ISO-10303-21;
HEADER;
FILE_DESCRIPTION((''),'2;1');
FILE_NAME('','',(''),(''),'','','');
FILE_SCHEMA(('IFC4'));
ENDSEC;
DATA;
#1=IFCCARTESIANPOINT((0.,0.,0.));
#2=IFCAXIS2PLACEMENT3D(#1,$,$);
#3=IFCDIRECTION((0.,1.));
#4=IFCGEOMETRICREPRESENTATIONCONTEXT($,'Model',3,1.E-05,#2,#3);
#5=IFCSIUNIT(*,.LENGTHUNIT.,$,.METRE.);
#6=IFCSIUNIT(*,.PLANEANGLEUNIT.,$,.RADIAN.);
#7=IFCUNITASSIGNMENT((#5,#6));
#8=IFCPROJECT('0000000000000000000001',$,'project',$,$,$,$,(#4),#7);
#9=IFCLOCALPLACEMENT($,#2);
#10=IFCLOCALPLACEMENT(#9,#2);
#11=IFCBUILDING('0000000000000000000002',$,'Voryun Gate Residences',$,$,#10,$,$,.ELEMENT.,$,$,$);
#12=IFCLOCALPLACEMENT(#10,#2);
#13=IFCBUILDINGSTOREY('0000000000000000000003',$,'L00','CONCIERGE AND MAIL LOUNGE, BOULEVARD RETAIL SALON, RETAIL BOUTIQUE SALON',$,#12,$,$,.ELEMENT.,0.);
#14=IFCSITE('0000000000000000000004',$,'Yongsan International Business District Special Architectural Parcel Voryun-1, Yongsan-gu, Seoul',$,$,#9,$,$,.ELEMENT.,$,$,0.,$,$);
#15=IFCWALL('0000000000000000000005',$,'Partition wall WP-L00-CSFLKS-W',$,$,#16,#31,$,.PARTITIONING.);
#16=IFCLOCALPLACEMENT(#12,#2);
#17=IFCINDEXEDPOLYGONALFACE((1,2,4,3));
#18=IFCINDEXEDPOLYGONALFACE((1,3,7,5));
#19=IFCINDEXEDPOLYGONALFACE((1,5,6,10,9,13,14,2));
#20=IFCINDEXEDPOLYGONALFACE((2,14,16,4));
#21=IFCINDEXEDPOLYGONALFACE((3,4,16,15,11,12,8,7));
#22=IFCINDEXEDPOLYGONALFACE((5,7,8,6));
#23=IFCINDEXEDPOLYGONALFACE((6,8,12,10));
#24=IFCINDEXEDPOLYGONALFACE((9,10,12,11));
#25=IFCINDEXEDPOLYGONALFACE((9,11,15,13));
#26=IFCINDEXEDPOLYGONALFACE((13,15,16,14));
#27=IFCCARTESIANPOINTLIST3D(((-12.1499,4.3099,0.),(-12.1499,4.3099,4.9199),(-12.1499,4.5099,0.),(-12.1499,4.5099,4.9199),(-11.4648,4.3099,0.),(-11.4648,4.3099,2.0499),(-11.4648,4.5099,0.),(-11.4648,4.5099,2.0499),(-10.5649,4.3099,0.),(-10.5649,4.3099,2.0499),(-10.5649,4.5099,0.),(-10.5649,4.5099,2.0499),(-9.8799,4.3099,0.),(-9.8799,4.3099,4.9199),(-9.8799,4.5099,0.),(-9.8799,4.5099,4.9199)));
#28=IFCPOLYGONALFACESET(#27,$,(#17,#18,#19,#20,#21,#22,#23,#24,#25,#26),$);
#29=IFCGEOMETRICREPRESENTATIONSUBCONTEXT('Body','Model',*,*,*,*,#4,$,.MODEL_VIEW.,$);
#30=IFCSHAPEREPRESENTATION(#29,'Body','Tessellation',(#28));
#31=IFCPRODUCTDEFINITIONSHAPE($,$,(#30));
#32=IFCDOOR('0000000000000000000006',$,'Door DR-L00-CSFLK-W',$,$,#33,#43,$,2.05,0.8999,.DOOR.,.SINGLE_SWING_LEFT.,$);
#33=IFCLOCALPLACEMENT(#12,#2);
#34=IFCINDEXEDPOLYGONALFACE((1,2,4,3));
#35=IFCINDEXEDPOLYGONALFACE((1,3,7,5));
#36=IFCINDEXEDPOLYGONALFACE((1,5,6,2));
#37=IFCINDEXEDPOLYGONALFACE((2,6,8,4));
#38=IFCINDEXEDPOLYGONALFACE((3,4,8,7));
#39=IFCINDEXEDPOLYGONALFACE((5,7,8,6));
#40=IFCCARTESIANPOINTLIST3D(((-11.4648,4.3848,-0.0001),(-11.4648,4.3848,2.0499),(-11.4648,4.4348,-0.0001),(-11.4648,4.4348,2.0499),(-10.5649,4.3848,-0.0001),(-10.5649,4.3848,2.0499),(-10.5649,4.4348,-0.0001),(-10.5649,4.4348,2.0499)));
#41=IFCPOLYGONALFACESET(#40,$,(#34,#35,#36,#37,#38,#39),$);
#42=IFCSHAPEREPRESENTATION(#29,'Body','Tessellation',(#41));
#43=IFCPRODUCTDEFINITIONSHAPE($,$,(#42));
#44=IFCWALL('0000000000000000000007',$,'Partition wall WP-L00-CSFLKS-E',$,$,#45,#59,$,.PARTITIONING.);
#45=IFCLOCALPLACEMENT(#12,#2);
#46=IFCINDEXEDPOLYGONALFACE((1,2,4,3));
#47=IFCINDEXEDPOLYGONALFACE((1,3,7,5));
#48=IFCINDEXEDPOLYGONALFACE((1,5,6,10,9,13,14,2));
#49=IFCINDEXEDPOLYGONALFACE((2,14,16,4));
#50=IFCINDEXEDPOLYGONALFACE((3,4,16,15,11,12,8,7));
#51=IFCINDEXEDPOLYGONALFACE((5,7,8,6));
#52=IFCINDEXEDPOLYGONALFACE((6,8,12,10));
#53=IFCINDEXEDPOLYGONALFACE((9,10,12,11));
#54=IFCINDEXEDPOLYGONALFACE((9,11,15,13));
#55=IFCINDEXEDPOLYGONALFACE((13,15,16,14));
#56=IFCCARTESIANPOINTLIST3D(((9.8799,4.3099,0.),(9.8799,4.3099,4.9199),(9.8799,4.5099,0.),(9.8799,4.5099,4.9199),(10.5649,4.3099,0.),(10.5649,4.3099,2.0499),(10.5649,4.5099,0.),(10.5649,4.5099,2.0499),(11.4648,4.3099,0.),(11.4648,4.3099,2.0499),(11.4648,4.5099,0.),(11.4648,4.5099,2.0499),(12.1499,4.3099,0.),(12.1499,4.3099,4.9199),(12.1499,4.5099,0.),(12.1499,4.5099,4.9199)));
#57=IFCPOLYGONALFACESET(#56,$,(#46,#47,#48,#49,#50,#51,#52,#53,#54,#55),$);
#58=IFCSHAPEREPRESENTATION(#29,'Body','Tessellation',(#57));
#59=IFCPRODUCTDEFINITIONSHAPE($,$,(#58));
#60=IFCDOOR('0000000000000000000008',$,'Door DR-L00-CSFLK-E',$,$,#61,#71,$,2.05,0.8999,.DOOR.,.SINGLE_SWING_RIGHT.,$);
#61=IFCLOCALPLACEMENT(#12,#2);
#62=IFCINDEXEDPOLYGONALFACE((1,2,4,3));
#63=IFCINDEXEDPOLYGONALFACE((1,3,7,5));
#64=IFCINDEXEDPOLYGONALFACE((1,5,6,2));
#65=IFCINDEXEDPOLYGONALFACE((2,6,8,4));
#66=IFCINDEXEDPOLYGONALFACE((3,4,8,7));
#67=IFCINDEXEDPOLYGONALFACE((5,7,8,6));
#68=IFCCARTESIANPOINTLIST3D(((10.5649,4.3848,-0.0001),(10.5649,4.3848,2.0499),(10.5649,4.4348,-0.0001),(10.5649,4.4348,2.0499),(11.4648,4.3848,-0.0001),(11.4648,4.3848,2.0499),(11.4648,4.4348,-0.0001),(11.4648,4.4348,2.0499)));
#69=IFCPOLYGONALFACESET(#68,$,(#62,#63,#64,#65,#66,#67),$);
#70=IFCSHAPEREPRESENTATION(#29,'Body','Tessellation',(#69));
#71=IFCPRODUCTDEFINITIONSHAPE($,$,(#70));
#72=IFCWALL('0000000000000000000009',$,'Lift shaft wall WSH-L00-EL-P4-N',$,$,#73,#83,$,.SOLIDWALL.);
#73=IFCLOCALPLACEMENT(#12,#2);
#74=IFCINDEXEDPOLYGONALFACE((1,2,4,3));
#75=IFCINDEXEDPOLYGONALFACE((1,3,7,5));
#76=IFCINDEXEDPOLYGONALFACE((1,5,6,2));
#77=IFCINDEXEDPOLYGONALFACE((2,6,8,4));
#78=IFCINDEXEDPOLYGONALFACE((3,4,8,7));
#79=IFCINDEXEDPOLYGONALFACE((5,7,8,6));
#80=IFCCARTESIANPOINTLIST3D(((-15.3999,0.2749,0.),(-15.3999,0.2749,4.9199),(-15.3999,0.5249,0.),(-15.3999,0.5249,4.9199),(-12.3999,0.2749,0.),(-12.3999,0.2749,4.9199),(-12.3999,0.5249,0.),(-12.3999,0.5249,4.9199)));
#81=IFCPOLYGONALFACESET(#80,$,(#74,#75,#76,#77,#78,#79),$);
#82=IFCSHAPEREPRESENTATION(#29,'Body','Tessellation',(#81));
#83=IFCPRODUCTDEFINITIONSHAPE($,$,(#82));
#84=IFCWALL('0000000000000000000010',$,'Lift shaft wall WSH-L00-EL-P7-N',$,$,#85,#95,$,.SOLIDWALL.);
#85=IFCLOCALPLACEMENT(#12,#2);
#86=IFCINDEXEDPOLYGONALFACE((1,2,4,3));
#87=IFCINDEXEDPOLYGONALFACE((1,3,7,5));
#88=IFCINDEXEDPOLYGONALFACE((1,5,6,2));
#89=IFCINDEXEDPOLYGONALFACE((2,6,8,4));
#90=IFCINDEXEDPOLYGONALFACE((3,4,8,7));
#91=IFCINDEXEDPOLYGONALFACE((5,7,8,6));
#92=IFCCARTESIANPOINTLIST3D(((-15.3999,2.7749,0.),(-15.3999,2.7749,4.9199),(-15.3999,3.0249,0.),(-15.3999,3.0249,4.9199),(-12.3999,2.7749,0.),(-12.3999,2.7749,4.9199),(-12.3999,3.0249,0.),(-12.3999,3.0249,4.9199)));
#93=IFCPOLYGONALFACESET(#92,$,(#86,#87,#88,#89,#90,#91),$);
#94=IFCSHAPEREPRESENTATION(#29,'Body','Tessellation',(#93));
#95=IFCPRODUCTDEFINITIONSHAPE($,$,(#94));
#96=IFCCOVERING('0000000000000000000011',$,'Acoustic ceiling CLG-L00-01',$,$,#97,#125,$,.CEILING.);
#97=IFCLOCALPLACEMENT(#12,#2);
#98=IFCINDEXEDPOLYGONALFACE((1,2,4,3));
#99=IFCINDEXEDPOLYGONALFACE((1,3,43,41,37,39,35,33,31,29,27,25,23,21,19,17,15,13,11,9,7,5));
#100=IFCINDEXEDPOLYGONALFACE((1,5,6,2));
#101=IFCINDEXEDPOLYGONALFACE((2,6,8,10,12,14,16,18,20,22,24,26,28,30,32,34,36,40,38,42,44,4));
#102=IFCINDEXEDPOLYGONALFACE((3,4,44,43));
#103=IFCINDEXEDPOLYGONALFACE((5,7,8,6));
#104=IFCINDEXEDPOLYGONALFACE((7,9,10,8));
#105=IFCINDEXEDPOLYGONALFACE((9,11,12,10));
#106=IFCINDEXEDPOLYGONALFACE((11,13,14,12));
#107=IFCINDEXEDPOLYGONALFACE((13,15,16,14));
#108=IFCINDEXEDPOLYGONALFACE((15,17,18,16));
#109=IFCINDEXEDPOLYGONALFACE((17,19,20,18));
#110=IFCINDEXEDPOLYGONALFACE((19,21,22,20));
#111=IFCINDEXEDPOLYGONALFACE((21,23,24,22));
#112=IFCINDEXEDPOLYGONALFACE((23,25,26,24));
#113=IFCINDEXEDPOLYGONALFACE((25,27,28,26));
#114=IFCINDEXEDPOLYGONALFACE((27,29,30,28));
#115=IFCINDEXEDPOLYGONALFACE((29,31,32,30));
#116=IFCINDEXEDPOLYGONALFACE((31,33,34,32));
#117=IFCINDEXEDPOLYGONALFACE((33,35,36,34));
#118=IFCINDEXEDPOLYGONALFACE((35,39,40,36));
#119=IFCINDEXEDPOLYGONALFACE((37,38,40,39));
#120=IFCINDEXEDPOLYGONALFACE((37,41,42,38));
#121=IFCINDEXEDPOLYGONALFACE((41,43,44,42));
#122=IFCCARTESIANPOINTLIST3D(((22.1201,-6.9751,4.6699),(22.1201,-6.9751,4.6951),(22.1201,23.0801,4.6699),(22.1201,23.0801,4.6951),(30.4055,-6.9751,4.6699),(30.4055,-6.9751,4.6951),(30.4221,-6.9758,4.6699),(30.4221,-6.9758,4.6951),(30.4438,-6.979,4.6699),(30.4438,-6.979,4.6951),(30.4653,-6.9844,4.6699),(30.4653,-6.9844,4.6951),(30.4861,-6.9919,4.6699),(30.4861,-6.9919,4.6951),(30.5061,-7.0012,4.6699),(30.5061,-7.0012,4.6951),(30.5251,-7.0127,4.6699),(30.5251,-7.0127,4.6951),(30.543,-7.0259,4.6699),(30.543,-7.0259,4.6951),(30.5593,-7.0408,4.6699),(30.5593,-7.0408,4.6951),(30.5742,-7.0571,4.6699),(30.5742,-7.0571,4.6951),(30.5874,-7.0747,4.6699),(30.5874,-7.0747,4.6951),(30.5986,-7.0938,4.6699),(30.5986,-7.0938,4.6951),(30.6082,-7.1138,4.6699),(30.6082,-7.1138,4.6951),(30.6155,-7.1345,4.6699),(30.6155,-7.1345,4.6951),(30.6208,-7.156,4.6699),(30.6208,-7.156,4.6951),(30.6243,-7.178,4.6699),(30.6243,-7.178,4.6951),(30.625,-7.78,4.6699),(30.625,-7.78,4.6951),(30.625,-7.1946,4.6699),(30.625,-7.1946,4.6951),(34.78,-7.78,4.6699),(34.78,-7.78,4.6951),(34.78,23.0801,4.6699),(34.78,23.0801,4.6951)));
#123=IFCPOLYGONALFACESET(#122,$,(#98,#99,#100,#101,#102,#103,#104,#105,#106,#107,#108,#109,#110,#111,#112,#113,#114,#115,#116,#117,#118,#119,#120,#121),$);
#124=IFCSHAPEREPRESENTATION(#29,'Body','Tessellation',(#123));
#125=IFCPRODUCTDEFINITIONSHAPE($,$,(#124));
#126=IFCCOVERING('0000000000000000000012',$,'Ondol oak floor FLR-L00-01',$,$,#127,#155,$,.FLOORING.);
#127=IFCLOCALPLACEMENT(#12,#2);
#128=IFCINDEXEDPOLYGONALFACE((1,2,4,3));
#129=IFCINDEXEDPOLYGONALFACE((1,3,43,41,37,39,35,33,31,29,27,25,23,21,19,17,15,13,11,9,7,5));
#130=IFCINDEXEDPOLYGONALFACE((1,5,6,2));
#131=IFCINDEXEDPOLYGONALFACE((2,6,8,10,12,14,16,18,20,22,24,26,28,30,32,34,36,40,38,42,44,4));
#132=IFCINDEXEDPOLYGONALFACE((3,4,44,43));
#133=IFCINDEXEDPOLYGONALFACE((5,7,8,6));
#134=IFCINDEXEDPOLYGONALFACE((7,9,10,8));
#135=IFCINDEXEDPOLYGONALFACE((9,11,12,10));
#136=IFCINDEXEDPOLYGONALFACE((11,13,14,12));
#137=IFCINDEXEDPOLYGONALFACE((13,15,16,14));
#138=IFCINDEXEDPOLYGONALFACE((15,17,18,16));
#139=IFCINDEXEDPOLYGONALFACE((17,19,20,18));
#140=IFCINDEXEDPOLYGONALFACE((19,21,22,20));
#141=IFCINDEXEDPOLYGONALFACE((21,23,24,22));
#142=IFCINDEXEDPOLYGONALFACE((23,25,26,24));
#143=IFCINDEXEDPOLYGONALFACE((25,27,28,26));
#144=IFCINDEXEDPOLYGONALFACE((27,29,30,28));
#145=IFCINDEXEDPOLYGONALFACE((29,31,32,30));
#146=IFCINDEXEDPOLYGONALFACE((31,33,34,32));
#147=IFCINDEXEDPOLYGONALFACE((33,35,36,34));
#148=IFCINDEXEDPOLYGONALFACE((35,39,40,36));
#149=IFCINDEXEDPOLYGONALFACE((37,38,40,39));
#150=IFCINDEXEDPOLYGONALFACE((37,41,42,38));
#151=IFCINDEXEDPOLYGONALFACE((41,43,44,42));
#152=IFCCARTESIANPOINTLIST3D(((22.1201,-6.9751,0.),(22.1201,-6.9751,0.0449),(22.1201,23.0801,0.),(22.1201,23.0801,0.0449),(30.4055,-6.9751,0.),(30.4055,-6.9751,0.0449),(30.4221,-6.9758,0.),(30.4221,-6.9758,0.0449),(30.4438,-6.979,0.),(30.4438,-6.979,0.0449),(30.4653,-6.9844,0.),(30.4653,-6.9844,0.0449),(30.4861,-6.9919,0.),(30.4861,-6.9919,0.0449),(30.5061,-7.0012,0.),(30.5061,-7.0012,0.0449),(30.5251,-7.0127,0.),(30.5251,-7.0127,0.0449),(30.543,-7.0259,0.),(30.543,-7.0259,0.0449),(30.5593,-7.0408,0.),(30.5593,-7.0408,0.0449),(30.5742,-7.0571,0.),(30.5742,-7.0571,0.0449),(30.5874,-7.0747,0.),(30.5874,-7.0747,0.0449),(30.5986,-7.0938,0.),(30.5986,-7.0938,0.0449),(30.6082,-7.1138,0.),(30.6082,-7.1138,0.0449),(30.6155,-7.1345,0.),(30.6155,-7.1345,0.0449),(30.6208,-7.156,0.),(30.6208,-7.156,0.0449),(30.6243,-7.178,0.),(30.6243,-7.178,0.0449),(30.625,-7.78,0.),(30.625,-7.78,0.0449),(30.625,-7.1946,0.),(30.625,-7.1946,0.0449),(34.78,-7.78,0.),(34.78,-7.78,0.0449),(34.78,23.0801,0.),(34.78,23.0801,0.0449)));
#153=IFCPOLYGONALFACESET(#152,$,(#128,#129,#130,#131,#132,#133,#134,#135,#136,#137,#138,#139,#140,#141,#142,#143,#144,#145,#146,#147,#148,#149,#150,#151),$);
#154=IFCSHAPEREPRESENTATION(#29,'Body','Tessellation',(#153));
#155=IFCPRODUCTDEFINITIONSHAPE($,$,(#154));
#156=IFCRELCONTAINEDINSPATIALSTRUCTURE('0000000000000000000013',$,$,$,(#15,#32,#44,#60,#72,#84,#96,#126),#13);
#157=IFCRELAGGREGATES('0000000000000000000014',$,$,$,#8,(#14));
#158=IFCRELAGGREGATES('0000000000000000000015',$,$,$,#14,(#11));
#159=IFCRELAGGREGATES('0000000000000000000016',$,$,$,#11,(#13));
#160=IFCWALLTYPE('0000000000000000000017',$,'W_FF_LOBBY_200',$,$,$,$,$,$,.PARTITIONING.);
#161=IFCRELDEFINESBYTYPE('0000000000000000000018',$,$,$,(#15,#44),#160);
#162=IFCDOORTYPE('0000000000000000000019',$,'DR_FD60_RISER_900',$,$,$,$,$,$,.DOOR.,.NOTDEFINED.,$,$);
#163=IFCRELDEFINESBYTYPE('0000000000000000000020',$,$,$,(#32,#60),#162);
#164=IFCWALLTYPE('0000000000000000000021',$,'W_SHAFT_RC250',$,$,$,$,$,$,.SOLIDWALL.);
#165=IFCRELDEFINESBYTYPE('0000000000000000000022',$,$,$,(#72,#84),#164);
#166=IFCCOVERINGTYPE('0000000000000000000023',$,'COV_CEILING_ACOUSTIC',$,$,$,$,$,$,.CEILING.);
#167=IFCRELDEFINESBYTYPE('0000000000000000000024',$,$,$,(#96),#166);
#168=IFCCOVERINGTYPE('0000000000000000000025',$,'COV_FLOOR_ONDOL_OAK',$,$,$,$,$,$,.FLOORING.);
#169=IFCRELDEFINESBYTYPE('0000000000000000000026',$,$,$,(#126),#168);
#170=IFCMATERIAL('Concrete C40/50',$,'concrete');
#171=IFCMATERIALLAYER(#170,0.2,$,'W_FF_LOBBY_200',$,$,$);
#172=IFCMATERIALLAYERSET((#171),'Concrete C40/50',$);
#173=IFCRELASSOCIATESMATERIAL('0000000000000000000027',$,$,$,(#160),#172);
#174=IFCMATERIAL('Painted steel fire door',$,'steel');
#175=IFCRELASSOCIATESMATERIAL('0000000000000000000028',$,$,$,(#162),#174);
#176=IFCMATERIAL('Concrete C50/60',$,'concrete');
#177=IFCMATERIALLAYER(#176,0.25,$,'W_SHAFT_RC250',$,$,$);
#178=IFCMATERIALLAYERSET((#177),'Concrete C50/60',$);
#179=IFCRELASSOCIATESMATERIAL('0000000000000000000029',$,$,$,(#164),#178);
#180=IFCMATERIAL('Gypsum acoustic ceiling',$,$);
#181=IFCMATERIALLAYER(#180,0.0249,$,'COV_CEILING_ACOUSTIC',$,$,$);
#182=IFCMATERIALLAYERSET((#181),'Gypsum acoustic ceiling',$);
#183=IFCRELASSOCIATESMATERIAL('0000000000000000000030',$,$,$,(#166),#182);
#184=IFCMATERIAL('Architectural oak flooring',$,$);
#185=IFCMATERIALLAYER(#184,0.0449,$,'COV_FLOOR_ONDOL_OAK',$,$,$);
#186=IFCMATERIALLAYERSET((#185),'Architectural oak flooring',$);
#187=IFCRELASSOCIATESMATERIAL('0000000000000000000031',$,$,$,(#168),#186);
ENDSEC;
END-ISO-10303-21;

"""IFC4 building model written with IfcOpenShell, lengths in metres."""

from ifc_helpers import new_model, si_unit, direction, frame, frame_2d, origin, place, context, subcontext, project, spatial, polyline, rectangle, outline, extrude, material, layer, layer_set, type_object, element, fill, save


model = new_model("IFC4")

# Units and contexts
model_context = context("Model", 3, precision=1e-05, world=origin(), true_north=direction((0.0, 1.0)))
body_context = subcontext(model_context, "Body", "Model", "MODEL_VIEW")
ifc_project = project(units=[si_unit("LENGTHUNIT", "METRE"), si_unit("PLANEANGLEUNIT", "RADIAN")], contexts=[model_context])

# Site, building, storey
site_placement = place(None, origin())
site = spatial("IfcSite", under=ifc_project, at=site_placement, Name="Yongsan International Business District Special Architectural Parcel Voryun-1, Yongsan-gu, Seoul", CompositionType="ELEMENT", RefElevation=0.0)
building_placement = place(site_placement, origin())
building = spatial("IfcBuilding", under=site, at=building_placement, Name="Voryun Gate Residences", CompositionType="ELEMENT")
storey_placement = place(building_placement, origin())
storey = spatial("IfcBuildingStorey", under=building, at=storey_placement, Name="L00", Description="CONCIERGE AND MAIL LOUNGE, BOULEVARD RETAIL SALON, RETAIL BOUTIQUE SALON", CompositionType="ELEMENT", Elevation=0.0)

# Walls, openings, doors
ifc_material_1 = material(Name="Concrete C40/50", Category="concrete")
ifc_layer_1 = layer(ifc_material_1, 0.2, Name="W_FF_LOBBY_200")
ifc_layer_set_1 = layer_set([ifc_layer_1], Name="Concrete C40/50")
wall_type_1 = type_object("IfcWallType", Name="W_FF_LOBBY_200", PredefinedType="PARTITIONING", material=ifc_layer_set_1)
wall_1_placement = place(storey_placement, frame((-12.1499, 4.4099, 0.0), z_axis=(0.0, 0.0, 1.0), x_axis=(1.0, 0.0, 0.0)))
wall_1 = element("IfcWall", 1, at=wall_1_placement, inside=storey, type_object=wall_type_1, Name="Partition wall WP-L00-CSFLKS-W", PredefinedType="PARTITIONING", context=body_context, shape_type="SweptSolid", body=[
    extrude(rectangle(XDim=2.27, YDim=0.2, at=frame_2d((1.135, 0.0))), origin(), (0.0, 0.0, 1.0), 4.9199),
])
opening_1_placement = place(wall_1_placement, frame((0.6851, 0.0, 0.0)))
opening_1 = element("IfcOpeningElement", 2, at=opening_1_placement, cuts=wall_1, PredefinedType="OPENING", context=body_context, shape_type="SweptSolid", body=[
    extrude(rectangle(XDim=0.8999, YDim=2.05, at=frame_2d((0.45, 1.0249))), frame((0.0, 0.1101, 0.0), z_axis=(0.0, -1.0, 0.0), x_axis=(1.0, 0.0, 0.0)), (0.0, 0.0, 1.0), 0.22),
])
ifc_material_2 = material(Name="Painted steel fire door", Category="steel")
door_type = type_object("IfcDoorType", Name="DR_FD60_RISER_900", OperationType="NOTDEFINED", PredefinedType="DOOR", material=ifc_material_2)
door_1_placement = place(opening_1_placement, origin())
door_1 = element("IfcDoor", 3, at=door_1_placement, inside=storey, type_object=door_type, Name="Door DR-L00-CSFLK-W", OperationType="SINGLE_SWING_LEFT", OverallHeight=2.05, OverallWidth=0.8999, PredefinedType="DOOR", context=body_context, shape_type="SweptSolid", body=[
    extrude(rectangle(XDim=0.8999, YDim=2.05, at=frame_2d((0.45, 1.0249))), frame((0.0, 0.0249, 0.0), z_axis=(0.0, -1.0, 0.0), x_axis=(1.0, 0.0, 0.0)), (0.0, 0.0, 1.0), 0.05),
])
fill(opening_1, door_1)
wall_2_placement = place(storey_placement, frame((9.8799, 4.4099, 0.0), z_axis=(0.0, 0.0, 1.0), x_axis=(1.0, 0.0, 0.0)))
wall_2 = element("IfcWall", 4, at=wall_2_placement, inside=storey, type_object=wall_type_1, Name="Partition wall WP-L00-CSFLKS-E", PredefinedType="PARTITIONING", context=body_context, shape_type="SweptSolid", body=[
    extrude(rectangle(XDim=2.27, YDim=0.2, at=frame_2d((1.135, 0.0))), origin(), (0.0, 0.0, 1.0), 4.9199),
])
opening_2_placement = place(wall_2_placement, frame((0.6851, 0.0, 0.0)))
opening_2 = element("IfcOpeningElement", 5, at=opening_2_placement, cuts=wall_2, PredefinedType="OPENING", context=body_context, shape_type="SweptSolid", body=[
    extrude(rectangle(XDim=0.8999, YDim=2.05, at=frame_2d((0.45, 1.0249))), frame((0.0, 0.1101, 0.0), z_axis=(0.0, -1.0, 0.0), x_axis=(1.0, 0.0, 0.0)), (0.0, 0.0, 1.0), 0.22),
])
door_2_placement = place(opening_2_placement, origin())
door_2 = element("IfcDoor", 6, at=door_2_placement, inside=storey, type_object=door_type, Name="Door DR-L00-CSFLK-E", OperationType="SINGLE_SWING_RIGHT", OverallHeight=2.05, OverallWidth=0.8999, PredefinedType="DOOR", context=body_context, shape_type="SweptSolid", body=[
    extrude(rectangle(XDim=0.8999, YDim=2.05, at=frame_2d((0.45, 1.0249))), frame((0.0, 0.0249, 0.0), z_axis=(0.0, -1.0, 0.0), x_axis=(1.0, 0.0, 0.0)), (0.0, 0.0, 1.0), 0.05),
])
fill(opening_2, door_2)

# Walls
ifc_material_3 = material(Name="Concrete C50/60", Category="concrete")
ifc_layer_2 = layer(ifc_material_3, 0.25, Name="W_SHAFT_RC250")
ifc_layer_set_2 = layer_set([ifc_layer_2], Name="Concrete C50/60")
wall_type_2 = type_object("IfcWallType", Name="W_SHAFT_RC250", PredefinedType="SOLIDWALL", material=ifc_layer_set_2)
for number, where, z_axis, x_axis, name in (
    (7, (-12.3999, 0.3999, 0.0), (0.0, 0.0, 1.0), (-1.0, 0.0, 0.0), "Lift shaft wall WSH-L00-EL-P4-N"),
    (8, (-12.3999, 2.8999, 0.0), (0.0, 0.0, 1.0), (-1.0, 0.0, 0.0), "Lift shaft wall WSH-L00-EL-P7-N"),
):
    element("IfcWall", number, at=place(storey_placement, frame(where, z_axis=z_axis, x_axis=x_axis)), inside=storey, type_object=wall_type_2, Name=name, PredefinedType="SOLIDWALL", context=body_context, shape_type="SweptSolid", body=[
        extrude(rectangle(XDim=3.0, YDim=0.25, at=frame_2d((1.5, 0.0))), origin(), (0.0, 0.0, 1.0), 4.9199),
    ])

# Coverings
ifc_material_4 = material(Name="Gypsum acoustic ceiling")
ifc_layer_3 = layer(ifc_material_4, 0.0249, Name="COV_CEILING_ACOUSTIC")
ifc_layer_set_3 = layer_set([ifc_layer_3], Name="Gypsum acoustic ceiling")
covering_type_1 = type_object("IfcCoveringType", Name="COV_CEILING_ACOUSTIC", PredefinedType="CEILING", material=ifc_layer_set_3)
covering_1_placement = place(storey_placement, frame((0.0, 0.0, 4.6699)))
element("IfcCovering", 9, at=covering_1_placement, inside=storey, type_object=covering_type_1, Name="Acoustic ceiling CLG-L00-01", PredefinedType="CEILING", context=body_context, shape_type="SweptSolid", body=[
    extrude(outline(polyline([(34.78, 23.0801), (34.78, -7.78), (30.625, -7.78), (30.625, -7.1946), (30.6243, -7.178), (30.6208, -7.156), (30.6155, -7.1345), (30.6082, -7.1138), (30.5986, -7.0938), (30.5874, -7.0747), (30.5742, -7.0571), (30.5593, -7.0408), (30.543, -7.0259), (30.5251, -7.0127), (30.5061, -7.0012), (30.4861, -6.9919), (30.4653, -6.9844), (30.4438, -6.979), (30.4221, -6.9758), (30.4055, -6.9751), (22.1201, -6.9751), (22.1201, 23.0801), (34.78, 23.0801)])), origin(), (0.0, 0.0, 1.0), 0.0251),
])
ifc_material_5 = material(Name="Architectural oak flooring")
ifc_layer_4 = layer(ifc_material_5, 0.0449, Name="COV_FLOOR_ONDOL_OAK")
ifc_layer_set_4 = layer_set([ifc_layer_4], Name="Architectural oak flooring")
covering_type_2 = type_object("IfcCoveringType", Name="COV_FLOOR_ONDOL_OAK", PredefinedType="FLOORING", material=ifc_layer_set_4)
covering_2_placement = place(storey_placement, origin())
element("IfcCovering", 10, at=covering_2_placement, inside=storey, type_object=covering_type_2, Name="Ondol oak floor FLR-L00-01", PredefinedType="FLOORING", context=body_context, shape_type="SweptSolid", body=[
    extrude(outline(polyline([(34.78, 23.0801), (34.78, -7.78), (30.625, -7.78), (30.625, -7.1946), (30.6243, -7.178), (30.6208, -7.156), (30.6155, -7.1345), (30.6082, -7.1138), (30.5986, -7.0938), (30.5874, -7.0747), (30.5742, -7.0571), (30.5593, -7.0408), (30.543, -7.0259), (30.5251, -7.0127), (30.5061, -7.0012), (30.4861, -6.9919), (30.4653, -6.9844), (30.4438, -6.979), (30.4221, -6.9758), (30.4055, -6.9751), (22.1201, -6.9751), (22.1201, 23.0801), (34.78, 23.0801)])), origin(), (0.0, 0.0, 1.0), 0.0449),
])

save(model, "model.ifc")
